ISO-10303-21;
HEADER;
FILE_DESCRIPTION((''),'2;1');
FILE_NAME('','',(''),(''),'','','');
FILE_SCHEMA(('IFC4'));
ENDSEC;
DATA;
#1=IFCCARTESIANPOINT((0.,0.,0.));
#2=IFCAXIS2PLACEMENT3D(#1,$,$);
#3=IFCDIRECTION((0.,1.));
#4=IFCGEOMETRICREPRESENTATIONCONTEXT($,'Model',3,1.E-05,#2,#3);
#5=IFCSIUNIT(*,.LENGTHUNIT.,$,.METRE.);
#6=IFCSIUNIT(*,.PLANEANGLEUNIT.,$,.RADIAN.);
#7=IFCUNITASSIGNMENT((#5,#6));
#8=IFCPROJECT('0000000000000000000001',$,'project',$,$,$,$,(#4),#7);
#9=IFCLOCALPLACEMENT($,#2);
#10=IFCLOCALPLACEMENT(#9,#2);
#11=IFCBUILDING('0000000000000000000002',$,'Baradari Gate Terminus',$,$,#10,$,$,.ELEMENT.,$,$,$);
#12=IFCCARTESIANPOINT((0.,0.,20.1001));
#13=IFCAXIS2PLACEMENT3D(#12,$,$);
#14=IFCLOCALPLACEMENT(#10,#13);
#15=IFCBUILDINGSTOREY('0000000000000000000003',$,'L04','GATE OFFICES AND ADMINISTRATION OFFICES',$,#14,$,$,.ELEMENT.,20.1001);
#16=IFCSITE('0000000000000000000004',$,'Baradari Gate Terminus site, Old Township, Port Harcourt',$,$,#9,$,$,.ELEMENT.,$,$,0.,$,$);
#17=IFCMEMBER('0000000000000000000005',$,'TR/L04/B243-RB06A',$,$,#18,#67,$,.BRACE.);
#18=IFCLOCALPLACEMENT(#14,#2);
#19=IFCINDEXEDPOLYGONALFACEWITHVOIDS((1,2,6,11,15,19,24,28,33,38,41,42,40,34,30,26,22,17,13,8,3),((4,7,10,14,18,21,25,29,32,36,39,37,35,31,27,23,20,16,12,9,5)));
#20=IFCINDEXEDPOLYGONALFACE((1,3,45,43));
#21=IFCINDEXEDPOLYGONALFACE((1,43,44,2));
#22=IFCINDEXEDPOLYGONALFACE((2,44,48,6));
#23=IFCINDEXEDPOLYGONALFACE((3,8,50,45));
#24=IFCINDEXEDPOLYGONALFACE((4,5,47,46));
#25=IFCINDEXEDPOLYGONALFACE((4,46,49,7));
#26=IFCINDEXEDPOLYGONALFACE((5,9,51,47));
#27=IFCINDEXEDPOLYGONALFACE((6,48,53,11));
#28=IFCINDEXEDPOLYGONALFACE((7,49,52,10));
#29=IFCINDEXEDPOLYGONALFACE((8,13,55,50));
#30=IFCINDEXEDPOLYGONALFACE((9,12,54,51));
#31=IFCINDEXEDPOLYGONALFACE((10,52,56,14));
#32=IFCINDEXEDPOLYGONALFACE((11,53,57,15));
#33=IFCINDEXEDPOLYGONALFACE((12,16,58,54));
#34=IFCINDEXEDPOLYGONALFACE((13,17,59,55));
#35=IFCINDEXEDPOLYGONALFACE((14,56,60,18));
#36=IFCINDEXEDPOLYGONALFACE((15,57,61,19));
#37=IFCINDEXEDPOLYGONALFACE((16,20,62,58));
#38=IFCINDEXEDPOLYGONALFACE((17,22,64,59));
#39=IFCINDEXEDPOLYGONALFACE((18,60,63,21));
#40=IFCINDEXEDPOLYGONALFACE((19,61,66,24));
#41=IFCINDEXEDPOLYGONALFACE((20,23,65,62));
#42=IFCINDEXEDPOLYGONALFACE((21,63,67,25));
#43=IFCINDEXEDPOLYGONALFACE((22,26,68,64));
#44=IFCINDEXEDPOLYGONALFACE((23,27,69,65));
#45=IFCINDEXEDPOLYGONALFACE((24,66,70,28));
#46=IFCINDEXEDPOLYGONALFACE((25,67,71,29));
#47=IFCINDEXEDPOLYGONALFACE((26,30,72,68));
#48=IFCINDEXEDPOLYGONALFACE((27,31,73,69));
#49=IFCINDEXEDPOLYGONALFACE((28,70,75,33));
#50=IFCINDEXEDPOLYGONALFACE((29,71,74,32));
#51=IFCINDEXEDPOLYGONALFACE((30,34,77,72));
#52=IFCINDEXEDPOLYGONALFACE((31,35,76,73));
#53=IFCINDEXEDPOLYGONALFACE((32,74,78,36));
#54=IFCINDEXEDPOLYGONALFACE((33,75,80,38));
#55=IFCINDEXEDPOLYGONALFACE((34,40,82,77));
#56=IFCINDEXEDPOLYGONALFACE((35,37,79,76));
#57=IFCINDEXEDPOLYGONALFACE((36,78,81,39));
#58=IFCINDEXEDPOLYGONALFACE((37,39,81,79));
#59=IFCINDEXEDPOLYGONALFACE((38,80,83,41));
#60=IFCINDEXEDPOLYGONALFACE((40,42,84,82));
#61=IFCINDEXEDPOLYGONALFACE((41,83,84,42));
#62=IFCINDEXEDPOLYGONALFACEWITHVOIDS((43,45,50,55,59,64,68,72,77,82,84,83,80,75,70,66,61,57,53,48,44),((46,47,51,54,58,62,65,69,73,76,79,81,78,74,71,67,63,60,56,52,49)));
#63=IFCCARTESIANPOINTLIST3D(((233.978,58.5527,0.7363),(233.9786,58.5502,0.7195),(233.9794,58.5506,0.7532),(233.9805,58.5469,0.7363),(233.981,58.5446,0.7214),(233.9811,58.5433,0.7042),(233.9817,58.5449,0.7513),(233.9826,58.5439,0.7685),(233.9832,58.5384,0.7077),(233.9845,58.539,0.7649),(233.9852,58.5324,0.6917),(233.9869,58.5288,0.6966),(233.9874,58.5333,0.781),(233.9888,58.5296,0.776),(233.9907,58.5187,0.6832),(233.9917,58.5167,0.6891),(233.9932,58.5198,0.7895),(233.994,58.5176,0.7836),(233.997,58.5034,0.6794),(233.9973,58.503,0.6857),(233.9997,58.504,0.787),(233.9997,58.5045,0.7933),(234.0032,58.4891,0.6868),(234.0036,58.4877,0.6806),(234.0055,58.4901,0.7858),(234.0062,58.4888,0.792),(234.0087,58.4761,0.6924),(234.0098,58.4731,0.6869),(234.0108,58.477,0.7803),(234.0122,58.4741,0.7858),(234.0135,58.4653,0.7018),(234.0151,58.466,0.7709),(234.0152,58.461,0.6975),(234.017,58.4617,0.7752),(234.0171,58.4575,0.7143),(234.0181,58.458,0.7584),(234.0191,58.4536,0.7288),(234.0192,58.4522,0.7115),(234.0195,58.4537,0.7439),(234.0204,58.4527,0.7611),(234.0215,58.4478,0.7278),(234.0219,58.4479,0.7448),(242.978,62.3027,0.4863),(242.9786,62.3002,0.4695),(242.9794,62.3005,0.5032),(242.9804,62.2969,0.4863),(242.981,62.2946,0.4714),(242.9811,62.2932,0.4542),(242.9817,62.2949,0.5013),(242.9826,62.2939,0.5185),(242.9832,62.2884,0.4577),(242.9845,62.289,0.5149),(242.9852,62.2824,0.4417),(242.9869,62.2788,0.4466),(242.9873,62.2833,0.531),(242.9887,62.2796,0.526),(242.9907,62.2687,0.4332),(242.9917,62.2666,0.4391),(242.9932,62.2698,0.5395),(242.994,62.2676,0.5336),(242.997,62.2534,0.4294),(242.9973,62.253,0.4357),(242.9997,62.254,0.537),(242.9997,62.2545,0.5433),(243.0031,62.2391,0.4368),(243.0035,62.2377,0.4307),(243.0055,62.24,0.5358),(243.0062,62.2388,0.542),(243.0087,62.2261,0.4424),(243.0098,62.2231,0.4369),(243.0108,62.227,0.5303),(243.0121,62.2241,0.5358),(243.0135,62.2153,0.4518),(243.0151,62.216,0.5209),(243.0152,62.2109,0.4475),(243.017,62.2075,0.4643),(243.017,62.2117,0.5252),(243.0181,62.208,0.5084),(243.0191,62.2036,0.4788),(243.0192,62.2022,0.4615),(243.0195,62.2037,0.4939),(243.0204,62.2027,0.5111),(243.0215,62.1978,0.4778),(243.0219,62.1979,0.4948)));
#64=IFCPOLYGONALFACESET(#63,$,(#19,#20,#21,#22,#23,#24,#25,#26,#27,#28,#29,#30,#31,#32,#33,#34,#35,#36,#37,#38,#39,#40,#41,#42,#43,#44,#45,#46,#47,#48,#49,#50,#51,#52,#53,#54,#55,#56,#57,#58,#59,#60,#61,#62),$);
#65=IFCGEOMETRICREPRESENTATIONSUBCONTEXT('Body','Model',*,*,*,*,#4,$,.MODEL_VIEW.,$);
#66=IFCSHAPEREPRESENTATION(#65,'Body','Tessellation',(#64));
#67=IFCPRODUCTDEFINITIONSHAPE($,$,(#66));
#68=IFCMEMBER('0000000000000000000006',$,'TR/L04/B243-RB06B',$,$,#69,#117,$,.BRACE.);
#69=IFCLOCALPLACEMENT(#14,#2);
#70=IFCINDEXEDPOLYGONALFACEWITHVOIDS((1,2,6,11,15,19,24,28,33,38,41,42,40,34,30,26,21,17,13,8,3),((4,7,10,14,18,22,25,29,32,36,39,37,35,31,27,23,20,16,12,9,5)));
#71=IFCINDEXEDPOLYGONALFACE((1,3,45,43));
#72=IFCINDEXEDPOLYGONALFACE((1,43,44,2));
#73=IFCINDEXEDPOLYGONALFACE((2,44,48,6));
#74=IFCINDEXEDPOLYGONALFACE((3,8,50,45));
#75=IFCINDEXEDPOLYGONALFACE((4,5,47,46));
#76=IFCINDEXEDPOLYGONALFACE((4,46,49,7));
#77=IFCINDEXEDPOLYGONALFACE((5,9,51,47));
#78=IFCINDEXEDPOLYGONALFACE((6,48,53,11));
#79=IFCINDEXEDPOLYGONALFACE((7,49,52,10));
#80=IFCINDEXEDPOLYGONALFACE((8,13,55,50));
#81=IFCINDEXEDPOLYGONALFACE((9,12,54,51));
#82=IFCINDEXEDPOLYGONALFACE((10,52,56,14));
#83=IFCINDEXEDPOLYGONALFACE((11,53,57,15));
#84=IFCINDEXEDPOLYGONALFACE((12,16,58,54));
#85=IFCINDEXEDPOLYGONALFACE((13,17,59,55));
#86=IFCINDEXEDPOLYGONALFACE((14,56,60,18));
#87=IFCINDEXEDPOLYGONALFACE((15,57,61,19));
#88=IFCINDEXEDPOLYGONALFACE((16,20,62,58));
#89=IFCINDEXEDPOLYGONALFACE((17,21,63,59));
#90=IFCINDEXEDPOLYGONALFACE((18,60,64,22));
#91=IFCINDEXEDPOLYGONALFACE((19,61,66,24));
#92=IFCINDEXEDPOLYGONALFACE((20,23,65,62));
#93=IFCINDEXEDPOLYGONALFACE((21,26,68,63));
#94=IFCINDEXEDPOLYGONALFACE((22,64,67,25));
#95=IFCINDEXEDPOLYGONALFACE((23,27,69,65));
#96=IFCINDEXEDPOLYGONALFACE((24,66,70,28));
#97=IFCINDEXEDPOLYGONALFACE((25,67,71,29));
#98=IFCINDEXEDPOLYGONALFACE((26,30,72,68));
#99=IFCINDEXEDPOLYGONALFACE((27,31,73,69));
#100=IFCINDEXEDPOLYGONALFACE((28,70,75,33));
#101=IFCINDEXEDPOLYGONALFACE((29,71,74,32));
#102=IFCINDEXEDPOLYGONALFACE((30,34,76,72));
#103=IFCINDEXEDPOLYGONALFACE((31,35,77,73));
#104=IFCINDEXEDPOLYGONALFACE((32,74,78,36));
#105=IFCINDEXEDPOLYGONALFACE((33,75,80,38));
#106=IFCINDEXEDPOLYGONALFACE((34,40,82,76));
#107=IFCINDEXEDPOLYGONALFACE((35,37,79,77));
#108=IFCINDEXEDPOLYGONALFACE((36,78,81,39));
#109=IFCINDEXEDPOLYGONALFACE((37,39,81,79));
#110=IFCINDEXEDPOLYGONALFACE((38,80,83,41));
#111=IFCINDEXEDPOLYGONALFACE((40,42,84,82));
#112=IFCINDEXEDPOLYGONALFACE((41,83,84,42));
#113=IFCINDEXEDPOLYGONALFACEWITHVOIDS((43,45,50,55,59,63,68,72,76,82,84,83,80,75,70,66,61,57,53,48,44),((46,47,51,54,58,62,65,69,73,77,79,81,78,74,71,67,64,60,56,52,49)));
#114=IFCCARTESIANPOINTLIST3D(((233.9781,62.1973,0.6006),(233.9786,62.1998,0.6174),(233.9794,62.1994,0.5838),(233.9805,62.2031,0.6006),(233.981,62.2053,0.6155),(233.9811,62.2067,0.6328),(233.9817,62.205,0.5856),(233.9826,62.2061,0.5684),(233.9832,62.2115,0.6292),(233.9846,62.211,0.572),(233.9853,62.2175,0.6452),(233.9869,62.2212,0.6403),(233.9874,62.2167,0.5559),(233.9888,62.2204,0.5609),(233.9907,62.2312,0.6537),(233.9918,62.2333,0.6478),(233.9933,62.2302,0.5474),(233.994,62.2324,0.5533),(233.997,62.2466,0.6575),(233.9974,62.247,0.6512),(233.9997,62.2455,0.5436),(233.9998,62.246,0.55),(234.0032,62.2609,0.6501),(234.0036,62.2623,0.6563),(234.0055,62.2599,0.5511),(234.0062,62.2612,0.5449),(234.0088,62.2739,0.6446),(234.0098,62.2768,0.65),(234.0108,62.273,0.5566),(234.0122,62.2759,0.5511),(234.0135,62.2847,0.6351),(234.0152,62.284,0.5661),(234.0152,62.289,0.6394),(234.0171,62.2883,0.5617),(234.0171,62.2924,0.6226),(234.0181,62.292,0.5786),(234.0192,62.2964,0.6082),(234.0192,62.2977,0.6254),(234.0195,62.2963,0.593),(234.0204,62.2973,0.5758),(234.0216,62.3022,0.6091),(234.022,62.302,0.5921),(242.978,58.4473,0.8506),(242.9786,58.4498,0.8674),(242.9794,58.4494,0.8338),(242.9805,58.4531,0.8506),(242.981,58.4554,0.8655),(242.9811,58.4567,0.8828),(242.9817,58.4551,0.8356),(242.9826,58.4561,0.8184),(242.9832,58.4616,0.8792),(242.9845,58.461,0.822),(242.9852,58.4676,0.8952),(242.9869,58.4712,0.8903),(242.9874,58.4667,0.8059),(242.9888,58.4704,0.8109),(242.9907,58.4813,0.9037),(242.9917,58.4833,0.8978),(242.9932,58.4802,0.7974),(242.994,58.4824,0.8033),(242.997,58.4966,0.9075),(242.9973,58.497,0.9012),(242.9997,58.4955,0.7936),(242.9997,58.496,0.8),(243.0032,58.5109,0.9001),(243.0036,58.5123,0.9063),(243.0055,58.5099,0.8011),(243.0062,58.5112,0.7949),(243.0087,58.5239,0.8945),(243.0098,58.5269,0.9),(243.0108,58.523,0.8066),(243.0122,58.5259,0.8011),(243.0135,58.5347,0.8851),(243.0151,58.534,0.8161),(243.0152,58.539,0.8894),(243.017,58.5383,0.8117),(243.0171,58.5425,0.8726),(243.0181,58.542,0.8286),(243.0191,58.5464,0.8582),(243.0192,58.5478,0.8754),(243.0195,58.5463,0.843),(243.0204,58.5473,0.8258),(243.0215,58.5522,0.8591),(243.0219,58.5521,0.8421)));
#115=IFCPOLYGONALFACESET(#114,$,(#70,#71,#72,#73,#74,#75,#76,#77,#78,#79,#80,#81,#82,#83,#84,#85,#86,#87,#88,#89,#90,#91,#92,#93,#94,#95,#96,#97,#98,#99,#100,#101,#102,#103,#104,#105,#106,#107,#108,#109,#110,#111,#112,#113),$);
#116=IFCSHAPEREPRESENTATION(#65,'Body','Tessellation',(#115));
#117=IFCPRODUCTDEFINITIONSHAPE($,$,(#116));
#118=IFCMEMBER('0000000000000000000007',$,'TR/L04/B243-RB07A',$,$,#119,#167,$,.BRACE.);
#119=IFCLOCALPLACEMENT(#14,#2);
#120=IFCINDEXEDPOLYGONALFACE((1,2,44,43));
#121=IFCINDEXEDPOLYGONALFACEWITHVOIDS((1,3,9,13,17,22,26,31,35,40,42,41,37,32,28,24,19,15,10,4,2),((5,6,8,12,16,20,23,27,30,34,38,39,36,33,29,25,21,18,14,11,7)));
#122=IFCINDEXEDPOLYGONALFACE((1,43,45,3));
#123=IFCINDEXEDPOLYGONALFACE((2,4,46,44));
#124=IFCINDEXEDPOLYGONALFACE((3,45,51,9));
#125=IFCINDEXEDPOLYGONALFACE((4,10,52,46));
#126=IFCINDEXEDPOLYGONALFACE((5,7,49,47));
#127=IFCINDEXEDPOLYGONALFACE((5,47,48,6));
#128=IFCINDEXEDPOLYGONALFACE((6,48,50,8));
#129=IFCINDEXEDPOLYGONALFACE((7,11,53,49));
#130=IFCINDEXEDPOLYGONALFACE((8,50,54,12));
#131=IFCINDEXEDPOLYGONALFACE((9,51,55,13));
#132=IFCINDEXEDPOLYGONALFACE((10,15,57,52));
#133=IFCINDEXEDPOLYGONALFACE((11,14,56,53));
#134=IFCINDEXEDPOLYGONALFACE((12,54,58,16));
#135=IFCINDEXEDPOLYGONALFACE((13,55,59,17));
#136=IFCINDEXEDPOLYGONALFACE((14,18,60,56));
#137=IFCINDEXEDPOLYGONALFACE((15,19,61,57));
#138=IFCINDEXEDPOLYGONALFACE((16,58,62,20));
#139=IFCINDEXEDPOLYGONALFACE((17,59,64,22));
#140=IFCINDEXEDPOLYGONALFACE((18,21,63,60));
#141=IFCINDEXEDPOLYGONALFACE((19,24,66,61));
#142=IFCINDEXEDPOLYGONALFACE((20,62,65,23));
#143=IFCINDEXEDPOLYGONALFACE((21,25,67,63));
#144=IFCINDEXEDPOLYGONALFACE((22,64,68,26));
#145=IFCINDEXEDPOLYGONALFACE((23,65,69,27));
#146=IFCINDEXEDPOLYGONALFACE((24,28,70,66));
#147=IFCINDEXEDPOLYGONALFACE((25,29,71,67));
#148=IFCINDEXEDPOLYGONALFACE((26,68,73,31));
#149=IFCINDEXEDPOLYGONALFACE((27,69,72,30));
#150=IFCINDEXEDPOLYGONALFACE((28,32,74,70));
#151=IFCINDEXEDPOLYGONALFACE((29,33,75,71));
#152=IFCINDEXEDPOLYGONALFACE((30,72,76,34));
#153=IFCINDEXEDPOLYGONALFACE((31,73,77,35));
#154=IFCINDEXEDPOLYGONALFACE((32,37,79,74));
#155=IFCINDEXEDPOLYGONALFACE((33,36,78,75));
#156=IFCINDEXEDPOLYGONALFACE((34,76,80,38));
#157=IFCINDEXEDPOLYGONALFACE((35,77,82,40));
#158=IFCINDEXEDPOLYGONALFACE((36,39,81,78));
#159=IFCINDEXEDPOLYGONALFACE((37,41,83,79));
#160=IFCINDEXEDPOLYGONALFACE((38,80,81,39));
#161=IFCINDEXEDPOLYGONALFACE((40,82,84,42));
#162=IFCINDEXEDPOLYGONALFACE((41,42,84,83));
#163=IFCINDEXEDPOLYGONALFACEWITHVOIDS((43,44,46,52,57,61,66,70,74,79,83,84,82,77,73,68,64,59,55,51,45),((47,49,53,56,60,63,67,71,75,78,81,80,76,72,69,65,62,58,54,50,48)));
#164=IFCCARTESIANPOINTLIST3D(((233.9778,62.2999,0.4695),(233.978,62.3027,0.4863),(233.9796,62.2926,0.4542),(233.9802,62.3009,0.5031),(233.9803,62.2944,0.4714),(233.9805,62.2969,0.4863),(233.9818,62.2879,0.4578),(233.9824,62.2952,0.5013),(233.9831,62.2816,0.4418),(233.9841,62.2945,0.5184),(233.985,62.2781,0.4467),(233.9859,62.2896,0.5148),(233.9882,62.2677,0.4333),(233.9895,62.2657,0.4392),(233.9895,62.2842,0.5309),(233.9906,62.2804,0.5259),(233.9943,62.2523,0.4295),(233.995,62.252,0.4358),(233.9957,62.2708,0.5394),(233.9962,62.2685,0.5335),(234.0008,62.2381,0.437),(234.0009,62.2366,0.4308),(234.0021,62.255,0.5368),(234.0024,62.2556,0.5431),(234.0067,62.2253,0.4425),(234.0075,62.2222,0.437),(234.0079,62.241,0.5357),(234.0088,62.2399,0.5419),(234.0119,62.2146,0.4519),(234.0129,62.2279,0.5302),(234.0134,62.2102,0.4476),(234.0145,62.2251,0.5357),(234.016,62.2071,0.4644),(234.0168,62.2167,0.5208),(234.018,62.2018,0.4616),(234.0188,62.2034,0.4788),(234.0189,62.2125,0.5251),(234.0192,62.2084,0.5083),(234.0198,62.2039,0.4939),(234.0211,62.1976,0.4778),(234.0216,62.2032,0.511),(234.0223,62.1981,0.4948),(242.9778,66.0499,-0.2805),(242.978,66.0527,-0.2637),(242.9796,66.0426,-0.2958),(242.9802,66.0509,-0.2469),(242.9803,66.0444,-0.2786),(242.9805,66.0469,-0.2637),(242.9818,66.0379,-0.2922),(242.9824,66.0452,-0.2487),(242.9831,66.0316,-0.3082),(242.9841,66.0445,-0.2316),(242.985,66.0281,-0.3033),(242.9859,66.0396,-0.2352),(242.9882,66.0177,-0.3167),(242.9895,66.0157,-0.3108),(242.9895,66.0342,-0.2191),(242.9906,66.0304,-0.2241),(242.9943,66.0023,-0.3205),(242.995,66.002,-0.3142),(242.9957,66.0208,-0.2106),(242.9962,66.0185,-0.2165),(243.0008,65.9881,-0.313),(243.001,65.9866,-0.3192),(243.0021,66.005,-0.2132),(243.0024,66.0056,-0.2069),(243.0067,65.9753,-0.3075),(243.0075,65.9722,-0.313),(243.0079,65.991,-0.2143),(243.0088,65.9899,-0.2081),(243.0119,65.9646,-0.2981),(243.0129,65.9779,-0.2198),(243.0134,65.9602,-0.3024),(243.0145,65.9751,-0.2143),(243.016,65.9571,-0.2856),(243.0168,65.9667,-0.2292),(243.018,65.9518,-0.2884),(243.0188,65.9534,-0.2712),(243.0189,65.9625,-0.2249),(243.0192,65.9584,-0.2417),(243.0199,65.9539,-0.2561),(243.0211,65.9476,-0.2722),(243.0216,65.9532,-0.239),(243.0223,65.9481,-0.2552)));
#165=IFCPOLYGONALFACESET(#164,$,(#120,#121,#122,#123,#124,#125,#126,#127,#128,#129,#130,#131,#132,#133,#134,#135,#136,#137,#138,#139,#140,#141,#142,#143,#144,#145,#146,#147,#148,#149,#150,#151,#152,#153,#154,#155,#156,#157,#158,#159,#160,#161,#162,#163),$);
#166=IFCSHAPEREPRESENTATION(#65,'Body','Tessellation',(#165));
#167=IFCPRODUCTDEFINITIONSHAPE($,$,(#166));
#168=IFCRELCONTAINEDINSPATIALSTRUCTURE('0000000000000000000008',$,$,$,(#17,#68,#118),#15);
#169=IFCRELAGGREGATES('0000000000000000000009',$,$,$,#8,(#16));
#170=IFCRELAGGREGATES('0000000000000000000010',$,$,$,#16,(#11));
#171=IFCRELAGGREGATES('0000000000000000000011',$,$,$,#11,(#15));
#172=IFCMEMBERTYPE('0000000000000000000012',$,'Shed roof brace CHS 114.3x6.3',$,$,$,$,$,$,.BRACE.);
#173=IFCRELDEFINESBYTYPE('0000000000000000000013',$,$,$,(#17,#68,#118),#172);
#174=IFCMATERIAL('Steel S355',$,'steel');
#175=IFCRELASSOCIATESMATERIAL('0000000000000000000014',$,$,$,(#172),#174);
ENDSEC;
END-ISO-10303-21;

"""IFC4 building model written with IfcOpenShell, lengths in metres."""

from ifc_helpers import new_model, si_unit, direction, frame, origin, origin_2d, place, context, subcontext, project, spatial, hollow_circle, extrude, material, material_profile, profile_set, type_object, element, save


model = new_model("IFC4")

# Units and contexts
model_context = context("Model", 3, precision=1e-05, world=origin(), true_north=direction((0.0, 1.0)))
body_context = subcontext(model_context, "Body", "Model", "MODEL_VIEW")
ifc_project = project(units=[si_unit("LENGTHUNIT", "METRE"), si_unit("PLANEANGLEUNIT", "RADIAN")], contexts=[model_context])

# Site, building, storey
site_placement = place(None, origin())
site = spatial("IfcSite", under=ifc_project, at=site_placement, Name="Baradari Gate Terminus site, Old Township, Port Harcourt", CompositionType="ELEMENT", RefElevation=0.0)
building_placement = place(site_placement, origin())
building = spatial("IfcBuilding", under=site, at=building_placement, Name="Baradari Gate Terminus", CompositionType="ELEMENT")
storey_placement = place(building_placement, frame((0.0, 0.0, 20.1001)))
storey = spatial("IfcBuildingStorey", under=building, at=storey_placement, Name="L04", Description="GATE OFFICES AND ADMINISTRATION OFFICES", CompositionType="ELEMENT", Elevation=20.1001)

# Members
ifc_material_1 = material(Name="Steel S355", Category="steel")
ifc_material_profile_1 = material_profile(ifc_material_1, hollow_circle(Radius=0.0571, WallThickness=0.0063, at=origin_2d()), Name="CHS 114.3x6.3")
ifc_profile_set_1 = profile_set([ifc_material_profile_1], Name="Steel S355")
member_type_1 = type_object("IfcMemberType", Name="Shed roof brace CHS 114.3x6.3", PredefinedType="BRACE", material=ifc_profile_set_1)
for number, where, z_axis, x_axis, name in (
    (1, (234.0, 58.5, 0.7363), (0.922774, 0.384489, -0.025633), (-0.384615, 0.923077, 0.0), "TR/L04/B243-RB06A"),
    (2, (243.0, 58.5, 0.8506), (-0.922774, 0.384489, -0.025633), (-0.384615, -0.923077, 0.0), "TR/L04/B243-RB06B"),
):
    element("IfcMember", number, at=place(storey_placement, frame(where, z_axis=z_axis, x_axis=x_axis)), inside=storey, type_object=member_type_1, Name=name, PredefinedType="BRACE", context=body_context, shape_type="SweptSolid", body=[
        extrude(hollow_circle(Radius=0.0571, WallThickness=0.0063, at=origin_2d()), origin(), (0.0, 0.0, 1.0), 9.7532),
    ])
for number, where, z_axis, x_axis, name in (
    (3, (234.0, 62.25, 0.4863), (0.920358, 0.383482, -0.076696), (-0.384615, 0.923077, 0.0), "TR/L04/B243-RB07A"),
):
    element("IfcMember", number, at=place(storey_placement, frame(where, z_axis=z_axis, x_axis=x_axis)), inside=storey, type_object=member_type_1, Name=name, PredefinedType="BRACE", context=body_context, shape_type="SweptSolid", body=[
        extrude(hollow_circle(Radius=0.0571, WallThickness=0.0063, at=origin_2d()), origin(), (0.0, 0.0, 1.0), 9.7788),
    ])

save(model, "model.ifc")
